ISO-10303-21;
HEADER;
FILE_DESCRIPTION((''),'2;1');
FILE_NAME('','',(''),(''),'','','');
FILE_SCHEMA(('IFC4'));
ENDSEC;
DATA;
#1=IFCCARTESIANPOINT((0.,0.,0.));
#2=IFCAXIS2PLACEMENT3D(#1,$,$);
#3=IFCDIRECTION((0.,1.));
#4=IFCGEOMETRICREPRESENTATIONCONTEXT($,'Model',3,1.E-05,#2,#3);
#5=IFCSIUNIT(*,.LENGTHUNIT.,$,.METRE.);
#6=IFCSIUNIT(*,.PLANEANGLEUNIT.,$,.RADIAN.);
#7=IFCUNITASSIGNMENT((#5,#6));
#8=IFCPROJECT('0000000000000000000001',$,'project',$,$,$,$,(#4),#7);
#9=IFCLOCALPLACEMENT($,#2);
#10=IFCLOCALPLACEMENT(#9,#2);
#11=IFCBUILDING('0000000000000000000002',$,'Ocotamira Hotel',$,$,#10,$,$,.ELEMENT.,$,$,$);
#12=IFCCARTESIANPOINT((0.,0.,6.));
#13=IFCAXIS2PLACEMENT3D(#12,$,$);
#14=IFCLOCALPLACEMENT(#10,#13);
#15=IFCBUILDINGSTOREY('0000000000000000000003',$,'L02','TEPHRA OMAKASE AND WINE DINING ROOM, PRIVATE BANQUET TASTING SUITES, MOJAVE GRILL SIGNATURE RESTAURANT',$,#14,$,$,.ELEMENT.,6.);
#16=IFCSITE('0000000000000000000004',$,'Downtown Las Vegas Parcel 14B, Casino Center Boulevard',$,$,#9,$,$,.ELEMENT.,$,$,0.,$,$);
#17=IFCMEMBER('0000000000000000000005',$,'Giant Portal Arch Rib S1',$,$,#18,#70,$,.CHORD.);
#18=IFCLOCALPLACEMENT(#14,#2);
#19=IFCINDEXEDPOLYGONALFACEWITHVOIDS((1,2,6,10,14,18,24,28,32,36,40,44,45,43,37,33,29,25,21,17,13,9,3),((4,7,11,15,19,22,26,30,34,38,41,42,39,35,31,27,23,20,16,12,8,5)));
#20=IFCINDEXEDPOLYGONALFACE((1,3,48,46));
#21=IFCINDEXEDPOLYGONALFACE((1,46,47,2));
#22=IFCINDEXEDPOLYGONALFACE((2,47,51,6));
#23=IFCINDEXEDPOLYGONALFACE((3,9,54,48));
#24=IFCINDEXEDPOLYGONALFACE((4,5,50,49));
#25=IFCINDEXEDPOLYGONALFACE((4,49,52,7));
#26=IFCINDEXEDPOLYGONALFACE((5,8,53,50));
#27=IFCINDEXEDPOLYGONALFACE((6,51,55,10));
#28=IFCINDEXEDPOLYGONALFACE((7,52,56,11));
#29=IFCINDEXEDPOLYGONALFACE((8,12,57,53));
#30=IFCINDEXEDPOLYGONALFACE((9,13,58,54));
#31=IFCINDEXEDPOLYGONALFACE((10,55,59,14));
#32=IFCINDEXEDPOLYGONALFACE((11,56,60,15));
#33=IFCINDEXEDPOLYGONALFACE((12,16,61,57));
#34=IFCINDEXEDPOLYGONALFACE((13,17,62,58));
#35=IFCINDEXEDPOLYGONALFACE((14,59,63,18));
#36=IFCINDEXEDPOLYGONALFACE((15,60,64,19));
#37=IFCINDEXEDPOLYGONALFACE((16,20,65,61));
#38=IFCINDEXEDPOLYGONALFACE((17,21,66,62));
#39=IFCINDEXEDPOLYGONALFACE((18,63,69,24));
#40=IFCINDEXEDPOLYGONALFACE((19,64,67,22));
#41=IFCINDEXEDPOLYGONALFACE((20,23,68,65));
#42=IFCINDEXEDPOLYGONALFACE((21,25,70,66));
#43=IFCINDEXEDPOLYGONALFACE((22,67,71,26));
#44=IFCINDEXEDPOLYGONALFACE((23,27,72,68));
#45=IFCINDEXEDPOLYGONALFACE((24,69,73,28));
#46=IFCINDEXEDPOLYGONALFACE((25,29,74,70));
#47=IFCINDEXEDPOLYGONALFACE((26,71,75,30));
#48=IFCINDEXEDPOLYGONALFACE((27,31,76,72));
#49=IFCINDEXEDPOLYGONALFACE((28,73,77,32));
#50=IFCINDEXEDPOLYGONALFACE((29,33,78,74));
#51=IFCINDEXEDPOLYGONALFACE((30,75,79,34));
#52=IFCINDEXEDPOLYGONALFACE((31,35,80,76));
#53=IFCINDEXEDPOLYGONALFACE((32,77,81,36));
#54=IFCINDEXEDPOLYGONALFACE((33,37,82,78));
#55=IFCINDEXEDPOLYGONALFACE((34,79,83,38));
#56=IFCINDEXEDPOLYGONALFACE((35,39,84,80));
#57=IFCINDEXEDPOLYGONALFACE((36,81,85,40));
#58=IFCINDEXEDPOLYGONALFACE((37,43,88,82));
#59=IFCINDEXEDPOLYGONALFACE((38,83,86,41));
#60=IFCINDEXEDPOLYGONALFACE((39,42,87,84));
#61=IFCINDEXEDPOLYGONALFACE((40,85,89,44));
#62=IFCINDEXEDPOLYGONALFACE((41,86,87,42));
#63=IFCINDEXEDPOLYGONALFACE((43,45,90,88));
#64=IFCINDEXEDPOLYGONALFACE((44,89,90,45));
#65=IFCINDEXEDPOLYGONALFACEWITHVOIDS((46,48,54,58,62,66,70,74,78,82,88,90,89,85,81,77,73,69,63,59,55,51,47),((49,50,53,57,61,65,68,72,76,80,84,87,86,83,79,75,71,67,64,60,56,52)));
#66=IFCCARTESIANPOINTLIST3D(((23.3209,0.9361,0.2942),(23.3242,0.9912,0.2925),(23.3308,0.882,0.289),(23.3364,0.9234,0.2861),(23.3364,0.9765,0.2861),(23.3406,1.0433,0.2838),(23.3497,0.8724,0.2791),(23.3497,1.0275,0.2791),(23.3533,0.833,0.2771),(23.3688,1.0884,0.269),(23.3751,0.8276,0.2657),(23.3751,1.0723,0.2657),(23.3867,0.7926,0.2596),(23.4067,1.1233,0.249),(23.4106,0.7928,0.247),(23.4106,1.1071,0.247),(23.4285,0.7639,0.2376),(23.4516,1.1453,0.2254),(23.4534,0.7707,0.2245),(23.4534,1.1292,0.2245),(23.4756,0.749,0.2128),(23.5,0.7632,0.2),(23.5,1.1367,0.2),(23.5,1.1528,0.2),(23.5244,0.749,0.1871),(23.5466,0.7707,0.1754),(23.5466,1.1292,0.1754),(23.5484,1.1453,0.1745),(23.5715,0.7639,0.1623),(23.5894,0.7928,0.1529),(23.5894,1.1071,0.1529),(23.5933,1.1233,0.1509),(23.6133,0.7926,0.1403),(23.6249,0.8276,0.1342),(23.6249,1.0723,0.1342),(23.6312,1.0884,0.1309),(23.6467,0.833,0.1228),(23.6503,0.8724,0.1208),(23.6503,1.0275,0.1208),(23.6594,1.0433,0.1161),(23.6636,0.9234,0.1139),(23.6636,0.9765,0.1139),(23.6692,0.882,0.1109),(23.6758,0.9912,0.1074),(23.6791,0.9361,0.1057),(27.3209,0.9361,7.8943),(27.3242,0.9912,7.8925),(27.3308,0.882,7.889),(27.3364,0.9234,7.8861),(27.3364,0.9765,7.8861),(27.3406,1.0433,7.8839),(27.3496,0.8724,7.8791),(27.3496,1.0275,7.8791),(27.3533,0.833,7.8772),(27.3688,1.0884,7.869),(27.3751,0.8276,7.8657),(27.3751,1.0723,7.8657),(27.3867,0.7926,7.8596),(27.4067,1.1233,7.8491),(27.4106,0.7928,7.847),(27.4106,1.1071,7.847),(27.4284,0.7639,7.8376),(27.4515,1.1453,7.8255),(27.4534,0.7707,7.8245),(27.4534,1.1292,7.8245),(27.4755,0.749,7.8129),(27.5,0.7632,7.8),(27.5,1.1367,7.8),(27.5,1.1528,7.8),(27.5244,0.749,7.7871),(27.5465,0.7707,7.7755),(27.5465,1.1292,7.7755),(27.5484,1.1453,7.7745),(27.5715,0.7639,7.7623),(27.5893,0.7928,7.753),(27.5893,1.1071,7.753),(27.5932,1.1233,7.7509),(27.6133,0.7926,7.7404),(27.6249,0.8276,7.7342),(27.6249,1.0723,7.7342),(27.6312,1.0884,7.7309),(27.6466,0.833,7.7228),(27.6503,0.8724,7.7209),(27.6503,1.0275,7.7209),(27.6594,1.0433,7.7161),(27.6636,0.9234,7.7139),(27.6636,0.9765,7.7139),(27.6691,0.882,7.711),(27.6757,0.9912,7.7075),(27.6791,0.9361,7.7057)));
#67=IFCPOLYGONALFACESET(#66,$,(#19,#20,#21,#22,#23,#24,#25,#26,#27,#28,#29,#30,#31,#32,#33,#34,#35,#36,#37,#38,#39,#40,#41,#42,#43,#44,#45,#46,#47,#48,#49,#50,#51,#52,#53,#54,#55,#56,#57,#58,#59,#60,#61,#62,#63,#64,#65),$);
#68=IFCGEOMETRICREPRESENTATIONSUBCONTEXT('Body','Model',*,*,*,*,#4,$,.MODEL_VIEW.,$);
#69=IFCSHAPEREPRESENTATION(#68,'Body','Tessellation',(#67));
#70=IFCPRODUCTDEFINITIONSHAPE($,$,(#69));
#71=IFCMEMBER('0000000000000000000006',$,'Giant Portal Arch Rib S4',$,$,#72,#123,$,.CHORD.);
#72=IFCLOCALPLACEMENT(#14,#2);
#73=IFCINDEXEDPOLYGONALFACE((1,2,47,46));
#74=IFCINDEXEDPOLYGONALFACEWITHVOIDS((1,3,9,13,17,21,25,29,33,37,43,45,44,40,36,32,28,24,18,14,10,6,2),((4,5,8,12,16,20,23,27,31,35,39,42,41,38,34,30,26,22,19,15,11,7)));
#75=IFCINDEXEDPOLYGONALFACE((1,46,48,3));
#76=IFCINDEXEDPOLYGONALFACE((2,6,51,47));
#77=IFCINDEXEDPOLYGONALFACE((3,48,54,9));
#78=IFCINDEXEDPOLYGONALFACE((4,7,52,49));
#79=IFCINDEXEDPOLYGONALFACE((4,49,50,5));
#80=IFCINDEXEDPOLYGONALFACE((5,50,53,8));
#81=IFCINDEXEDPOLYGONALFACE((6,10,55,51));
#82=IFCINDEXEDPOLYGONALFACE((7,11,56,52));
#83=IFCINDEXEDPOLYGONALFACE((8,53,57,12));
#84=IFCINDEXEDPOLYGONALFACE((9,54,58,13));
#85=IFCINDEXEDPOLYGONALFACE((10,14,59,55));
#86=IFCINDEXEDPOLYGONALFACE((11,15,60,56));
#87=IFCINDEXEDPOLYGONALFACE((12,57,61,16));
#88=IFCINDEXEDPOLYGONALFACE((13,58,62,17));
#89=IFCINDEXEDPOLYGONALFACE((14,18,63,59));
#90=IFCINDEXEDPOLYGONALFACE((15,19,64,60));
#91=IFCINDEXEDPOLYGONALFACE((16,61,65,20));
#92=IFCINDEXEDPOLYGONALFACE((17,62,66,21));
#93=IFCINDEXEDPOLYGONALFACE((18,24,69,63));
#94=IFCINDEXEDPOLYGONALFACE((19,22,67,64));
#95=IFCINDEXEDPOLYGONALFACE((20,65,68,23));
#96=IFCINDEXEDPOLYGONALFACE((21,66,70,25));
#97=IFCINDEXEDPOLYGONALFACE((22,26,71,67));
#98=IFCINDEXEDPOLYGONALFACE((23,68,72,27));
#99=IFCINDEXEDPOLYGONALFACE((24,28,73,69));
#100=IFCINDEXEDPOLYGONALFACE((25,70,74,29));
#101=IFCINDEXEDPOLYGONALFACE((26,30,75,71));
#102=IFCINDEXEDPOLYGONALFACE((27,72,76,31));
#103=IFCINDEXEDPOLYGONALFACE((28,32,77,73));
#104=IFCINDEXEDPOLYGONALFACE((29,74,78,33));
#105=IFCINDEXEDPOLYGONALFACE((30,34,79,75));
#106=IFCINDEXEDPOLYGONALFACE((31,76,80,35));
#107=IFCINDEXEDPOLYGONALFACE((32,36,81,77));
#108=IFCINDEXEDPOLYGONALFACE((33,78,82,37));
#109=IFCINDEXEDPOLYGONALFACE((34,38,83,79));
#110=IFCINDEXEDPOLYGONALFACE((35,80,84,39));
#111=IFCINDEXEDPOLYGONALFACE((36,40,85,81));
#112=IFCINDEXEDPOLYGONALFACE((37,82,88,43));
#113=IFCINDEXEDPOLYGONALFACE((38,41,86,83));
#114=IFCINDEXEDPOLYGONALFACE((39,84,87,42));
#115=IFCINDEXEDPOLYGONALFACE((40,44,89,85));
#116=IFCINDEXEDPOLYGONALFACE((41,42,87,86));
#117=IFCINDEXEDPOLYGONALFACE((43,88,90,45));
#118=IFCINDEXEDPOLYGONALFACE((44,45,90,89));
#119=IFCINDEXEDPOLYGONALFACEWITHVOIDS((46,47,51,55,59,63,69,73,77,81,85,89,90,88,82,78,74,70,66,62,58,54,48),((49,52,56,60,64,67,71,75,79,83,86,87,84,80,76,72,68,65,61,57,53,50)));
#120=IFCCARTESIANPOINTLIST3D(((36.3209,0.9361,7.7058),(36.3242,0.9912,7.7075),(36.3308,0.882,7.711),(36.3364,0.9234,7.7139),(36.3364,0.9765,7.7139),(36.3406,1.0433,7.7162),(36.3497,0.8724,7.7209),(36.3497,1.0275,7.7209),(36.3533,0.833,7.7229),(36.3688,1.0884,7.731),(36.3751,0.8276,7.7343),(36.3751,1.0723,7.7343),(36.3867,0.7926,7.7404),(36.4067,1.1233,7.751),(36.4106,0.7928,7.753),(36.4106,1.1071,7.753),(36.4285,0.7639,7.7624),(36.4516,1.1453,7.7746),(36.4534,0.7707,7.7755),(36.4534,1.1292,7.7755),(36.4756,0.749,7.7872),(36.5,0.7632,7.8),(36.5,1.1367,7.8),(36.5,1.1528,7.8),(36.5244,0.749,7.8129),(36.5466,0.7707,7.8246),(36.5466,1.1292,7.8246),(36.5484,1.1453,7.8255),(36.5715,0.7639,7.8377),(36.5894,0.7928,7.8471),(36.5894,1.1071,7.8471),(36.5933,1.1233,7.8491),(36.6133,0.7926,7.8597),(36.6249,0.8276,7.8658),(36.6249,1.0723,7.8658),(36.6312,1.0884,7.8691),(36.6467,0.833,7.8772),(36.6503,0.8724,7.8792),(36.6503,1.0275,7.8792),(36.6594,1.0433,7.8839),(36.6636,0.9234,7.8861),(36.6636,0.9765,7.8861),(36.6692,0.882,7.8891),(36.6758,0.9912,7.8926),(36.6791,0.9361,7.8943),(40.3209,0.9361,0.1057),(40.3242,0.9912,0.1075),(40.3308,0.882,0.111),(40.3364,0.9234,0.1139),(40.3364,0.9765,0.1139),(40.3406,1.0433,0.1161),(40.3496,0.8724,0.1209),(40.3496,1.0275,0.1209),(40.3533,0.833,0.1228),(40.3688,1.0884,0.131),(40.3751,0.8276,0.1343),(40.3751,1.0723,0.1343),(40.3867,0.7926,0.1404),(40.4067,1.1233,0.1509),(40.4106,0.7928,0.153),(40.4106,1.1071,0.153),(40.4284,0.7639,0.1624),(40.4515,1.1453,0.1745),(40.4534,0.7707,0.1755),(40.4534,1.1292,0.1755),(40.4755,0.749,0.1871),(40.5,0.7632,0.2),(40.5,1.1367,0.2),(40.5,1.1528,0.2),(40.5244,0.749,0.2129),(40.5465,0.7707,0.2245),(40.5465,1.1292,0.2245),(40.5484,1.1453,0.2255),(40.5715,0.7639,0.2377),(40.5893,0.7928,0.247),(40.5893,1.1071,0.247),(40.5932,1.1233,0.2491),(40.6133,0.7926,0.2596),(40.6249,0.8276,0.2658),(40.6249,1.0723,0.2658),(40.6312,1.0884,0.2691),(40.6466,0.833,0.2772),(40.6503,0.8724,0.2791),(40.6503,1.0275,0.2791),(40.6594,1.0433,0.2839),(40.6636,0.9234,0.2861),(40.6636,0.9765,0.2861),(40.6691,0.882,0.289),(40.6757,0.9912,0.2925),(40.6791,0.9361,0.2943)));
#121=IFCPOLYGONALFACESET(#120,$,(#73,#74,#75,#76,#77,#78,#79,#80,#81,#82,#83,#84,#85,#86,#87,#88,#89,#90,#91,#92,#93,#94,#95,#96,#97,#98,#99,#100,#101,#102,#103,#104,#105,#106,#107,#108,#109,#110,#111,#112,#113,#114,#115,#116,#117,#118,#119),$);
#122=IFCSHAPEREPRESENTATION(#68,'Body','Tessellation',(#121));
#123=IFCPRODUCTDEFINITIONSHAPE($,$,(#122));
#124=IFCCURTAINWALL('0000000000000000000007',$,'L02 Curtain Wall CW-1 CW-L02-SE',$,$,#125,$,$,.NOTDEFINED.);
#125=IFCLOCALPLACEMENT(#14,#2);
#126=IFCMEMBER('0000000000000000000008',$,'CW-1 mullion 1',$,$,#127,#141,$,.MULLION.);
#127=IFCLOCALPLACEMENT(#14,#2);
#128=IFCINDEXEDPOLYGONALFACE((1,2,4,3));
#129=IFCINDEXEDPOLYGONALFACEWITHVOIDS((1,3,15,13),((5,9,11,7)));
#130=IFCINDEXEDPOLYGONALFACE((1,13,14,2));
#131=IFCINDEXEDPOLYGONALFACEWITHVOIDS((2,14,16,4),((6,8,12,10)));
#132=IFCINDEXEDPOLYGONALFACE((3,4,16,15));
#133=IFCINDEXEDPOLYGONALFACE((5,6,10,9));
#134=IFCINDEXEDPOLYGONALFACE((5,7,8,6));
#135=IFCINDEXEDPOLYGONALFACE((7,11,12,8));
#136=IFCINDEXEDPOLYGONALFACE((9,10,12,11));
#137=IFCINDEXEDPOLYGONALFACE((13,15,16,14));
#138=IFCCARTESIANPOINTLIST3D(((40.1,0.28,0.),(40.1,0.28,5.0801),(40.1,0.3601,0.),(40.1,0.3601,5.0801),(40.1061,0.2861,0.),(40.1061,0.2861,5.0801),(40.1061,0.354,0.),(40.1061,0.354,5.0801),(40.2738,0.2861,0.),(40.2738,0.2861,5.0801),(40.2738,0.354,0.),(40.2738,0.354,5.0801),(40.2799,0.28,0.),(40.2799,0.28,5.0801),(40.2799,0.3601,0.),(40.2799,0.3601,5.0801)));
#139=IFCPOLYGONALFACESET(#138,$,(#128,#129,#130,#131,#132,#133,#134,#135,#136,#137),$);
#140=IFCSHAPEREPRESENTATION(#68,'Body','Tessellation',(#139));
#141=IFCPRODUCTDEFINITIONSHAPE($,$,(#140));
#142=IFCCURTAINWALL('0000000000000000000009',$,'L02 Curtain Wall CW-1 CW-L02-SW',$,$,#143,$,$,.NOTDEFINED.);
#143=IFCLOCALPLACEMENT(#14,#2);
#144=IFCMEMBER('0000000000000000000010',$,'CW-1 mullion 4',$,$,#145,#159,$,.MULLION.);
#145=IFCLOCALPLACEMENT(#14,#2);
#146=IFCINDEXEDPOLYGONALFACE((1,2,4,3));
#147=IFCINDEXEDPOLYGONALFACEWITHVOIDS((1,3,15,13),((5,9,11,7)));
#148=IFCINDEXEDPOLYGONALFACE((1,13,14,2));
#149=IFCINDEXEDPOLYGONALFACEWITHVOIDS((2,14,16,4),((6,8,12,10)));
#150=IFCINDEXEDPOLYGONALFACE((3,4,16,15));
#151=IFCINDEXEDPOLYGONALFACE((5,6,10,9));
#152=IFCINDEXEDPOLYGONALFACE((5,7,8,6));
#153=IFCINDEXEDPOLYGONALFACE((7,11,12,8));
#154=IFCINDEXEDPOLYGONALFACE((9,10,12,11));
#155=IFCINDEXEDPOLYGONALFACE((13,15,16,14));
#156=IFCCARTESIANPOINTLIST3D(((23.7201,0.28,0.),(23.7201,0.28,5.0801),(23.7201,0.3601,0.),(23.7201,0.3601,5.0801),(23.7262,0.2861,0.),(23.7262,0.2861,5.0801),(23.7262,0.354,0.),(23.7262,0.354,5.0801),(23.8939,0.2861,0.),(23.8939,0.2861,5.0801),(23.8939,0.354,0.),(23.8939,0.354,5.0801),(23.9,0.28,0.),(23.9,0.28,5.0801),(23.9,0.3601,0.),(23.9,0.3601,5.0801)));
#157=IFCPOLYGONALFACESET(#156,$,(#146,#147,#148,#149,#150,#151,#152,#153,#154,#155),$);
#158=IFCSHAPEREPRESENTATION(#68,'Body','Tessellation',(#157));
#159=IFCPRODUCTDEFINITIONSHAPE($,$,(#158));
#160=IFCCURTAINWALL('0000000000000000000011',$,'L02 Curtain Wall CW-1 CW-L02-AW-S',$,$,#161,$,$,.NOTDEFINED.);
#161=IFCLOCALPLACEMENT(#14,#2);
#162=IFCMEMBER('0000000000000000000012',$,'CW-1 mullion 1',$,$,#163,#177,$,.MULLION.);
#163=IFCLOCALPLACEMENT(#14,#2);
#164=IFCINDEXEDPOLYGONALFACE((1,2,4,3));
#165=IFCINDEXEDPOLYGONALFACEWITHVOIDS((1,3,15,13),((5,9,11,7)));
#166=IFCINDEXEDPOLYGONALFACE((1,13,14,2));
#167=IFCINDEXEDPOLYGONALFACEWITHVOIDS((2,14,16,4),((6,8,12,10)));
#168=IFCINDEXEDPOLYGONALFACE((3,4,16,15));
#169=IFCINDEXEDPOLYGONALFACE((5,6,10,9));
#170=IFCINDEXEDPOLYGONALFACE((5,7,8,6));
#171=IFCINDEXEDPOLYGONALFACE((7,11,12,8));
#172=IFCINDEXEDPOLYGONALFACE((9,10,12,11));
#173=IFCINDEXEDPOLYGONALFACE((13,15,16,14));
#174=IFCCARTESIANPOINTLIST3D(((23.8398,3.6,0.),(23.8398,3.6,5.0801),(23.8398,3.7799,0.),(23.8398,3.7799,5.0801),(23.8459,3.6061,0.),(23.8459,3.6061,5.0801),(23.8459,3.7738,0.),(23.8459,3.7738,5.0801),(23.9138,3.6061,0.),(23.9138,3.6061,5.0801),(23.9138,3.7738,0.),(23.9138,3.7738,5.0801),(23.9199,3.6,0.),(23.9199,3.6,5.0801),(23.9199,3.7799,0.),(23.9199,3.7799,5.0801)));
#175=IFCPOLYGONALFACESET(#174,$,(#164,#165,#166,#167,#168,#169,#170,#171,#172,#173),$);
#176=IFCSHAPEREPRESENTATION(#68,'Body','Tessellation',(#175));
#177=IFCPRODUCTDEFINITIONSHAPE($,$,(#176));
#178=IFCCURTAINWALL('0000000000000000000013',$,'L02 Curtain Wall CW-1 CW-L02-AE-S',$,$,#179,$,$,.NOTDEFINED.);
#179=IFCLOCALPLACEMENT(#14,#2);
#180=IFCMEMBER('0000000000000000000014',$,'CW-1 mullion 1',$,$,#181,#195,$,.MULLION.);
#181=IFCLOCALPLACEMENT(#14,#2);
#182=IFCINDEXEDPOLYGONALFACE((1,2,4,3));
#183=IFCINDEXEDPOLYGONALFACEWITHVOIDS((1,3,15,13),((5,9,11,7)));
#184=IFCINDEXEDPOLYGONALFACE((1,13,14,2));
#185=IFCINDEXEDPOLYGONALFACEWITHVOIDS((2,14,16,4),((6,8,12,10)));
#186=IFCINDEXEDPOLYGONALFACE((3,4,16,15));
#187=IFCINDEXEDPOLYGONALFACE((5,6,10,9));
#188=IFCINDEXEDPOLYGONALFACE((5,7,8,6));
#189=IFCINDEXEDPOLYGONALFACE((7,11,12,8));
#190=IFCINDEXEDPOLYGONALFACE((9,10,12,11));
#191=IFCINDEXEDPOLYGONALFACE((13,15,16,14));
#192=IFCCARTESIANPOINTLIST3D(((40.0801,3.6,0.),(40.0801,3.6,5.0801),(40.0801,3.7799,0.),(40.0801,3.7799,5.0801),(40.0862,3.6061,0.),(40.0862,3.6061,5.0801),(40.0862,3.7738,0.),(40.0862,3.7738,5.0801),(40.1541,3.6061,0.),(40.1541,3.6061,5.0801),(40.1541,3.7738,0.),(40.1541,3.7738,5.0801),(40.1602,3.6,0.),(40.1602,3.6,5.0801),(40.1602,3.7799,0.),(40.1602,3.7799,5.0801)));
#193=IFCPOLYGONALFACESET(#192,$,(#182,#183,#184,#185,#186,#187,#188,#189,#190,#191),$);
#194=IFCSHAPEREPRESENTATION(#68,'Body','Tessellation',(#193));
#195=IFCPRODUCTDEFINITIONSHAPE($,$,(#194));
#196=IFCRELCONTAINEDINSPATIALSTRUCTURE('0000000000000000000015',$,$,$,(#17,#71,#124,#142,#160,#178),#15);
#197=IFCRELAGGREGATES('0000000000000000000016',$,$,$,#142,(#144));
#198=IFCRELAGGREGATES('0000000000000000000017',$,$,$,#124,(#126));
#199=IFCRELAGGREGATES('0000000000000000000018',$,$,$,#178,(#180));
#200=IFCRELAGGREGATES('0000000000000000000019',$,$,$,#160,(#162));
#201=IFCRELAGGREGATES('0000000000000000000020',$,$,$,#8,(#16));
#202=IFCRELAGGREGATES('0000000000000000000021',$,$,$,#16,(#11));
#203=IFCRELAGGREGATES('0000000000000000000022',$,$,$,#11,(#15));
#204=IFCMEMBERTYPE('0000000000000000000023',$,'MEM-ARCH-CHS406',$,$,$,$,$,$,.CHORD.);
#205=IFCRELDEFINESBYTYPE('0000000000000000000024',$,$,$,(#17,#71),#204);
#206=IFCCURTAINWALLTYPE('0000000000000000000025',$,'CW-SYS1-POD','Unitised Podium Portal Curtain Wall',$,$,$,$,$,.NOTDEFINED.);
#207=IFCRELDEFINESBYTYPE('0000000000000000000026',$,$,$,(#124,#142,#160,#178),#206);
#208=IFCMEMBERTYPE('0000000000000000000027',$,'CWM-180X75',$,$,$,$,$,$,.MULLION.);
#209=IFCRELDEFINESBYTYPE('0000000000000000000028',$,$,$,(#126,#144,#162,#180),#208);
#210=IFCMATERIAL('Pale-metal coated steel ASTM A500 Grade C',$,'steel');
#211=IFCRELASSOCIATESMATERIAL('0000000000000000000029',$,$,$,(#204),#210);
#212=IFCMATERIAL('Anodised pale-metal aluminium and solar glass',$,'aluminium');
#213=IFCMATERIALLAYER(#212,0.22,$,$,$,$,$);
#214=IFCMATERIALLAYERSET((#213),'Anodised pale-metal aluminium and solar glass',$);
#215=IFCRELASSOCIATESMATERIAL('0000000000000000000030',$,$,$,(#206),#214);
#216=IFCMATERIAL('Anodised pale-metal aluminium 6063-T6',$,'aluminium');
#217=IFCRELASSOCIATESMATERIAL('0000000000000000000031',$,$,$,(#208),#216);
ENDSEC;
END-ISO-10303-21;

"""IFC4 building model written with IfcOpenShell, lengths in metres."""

from ifc_helpers import new_model, si_unit, direction, frame, origin, origin_2d, place, context, subcontext, project, spatial, hollow_rectangle, hollow_circle, extrude, source, transform, mapped, material, layer, layer_set, material_profile, profile_set, type_object, element, aggregate, save


model = new_model("IFC4")

# Units and contexts
model_context = context("Model", 3, precision=1e-05, world=origin(), true_north=direction((0.0, 1.0)))
body_context = subcontext(model_context, "Body", "Model", "MODEL_VIEW")
ifc_project = project(units=[si_unit("LENGTHUNIT", "METRE"), si_unit("PLANEANGLEUNIT", "RADIAN")], contexts=[model_context])

# Site, building, storey
site_placement = place(None, origin())
site = spatial("IfcSite", under=ifc_project, at=site_placement, Name="Downtown Las Vegas Parcel 14B, Casino Center Boulevard", CompositionType="ELEMENT", RefElevation=0.0)
building_placement = place(site_placement, origin())
building = spatial("IfcBuilding", under=site, at=building_placement, Name="Ocotamira Hotel", CompositionType="ELEMENT")
storey_placement = place(building_placement, frame((0.0, 0.0, 6.0)))
storey = spatial("IfcBuildingStorey", under=building, at=storey_placement, Name="L02", Description="TEPHRA OMAKASE AND WINE DINING ROOM, PRIVATE BANQUET TASTING SUITES, MOJAVE GRILL SIGNATURE RESTAURANT", CompositionType="ELEMENT", Elevation=6.0)

# Members
ifc_material_1 = material(Name="Pale-metal coated steel ASTM A500 Grade C", Category="steel")
ifc_material_profile_1 = material_profile(ifc_material_1, hollow_circle(Radius=0.2029, WallThickness=0.0161, at=origin_2d()), Name="CHS406X16")
ifc_profile_set_1 = profile_set([ifc_material_profile_1], Name="Pale-metal coated steel ASTM A500 Grade C")
member_type_1 = type_object("IfcMemberType", Name="MEM-ARCH-CHS406", PredefinedType="CHORD", material=ifc_profile_set_1)
shared_shape_1 = source(origin(), body_context, "Body", "SweptSolid", [
    extrude(hollow_circle(Radius=0.2029, WallThickness=0.0161, at=origin_2d()), origin(), (0.0, 0.0, 1.0), 8.5884),
])
for number, where, z_axis, x_axis, name in (
    (1, (23.5, 0.95, 0.2), (0.465742, 0.0, 0.884921), (0.0, 1.0, 0.0), "Giant Portal Arch Rib S1"),
    (2, (36.5, 0.95, 7.8), (0.465742, 0.0, -0.884921), (0.0, 1.0, 0.0), "Giant Portal Arch Rib S4"),
):
    element("IfcMember", number, at=place(storey_placement, frame(where, z_axis=z_axis, x_axis=x_axis)), inside=storey, type_object=member_type_1, Name=name, PredefinedType="CHORD", context=body_context, shape_type="MappedRepresentation", body=[
        mapped(shared_shape_1, transform((0.0, 0.0, 0.0), scale=1.0)),
    ])

# Curtain walls, members
ifc_material_2 = material(Name="Anodised pale-metal aluminium and solar glass", Category="aluminium")
ifc_layer_1 = layer(ifc_material_2, 0.22)
ifc_layer_set_1 = layer_set([ifc_layer_1], Name="Anodised pale-metal aluminium and solar glass")
curtain_wall_type = type_object("IfcCurtainWallType", Name="CW-SYS1-POD", Description="Unitised Podium Portal Curtain Wall", PredefinedType="NOTDEFINED", material=ifc_layer_set_1)
curtain_wall_1_placement = place(storey_placement, origin())
curtain_wall_1 = element("IfcCurtainWall", 3, at=curtain_wall_1_placement, inside=storey, type_object=curtain_wall_type, Name="L02 Curtain Wall CW-1 CW-L02-SE", PredefinedType="NOTDEFINED")
ifc_material_3 = material(Name="Anodised pale-metal aluminium 6063-T6", Category="aluminium")
ifc_material_profile_2 = material_profile(ifc_material_3, hollow_rectangle(XDim=0.0801, YDim=0.1799, WallThickness=0.0061, at=origin_2d()), Name="HSS180X80X6")
ifc_profile_set_2 = profile_set([ifc_material_profile_2], Name="Anodised pale-metal aluminium 6063-T6")
member_type_2 = type_object("IfcMemberType", Name="CWM-180X75", PredefinedType="MULLION", material=ifc_profile_set_2)
shared_shape_2 = source(origin(), body_context, "Body", "SweptSolid", [
    extrude(hollow_rectangle(XDim=0.0801, YDim=0.1799, WallThickness=0.0061, at=origin_2d()), origin(), (0.0, 0.0, 1.0), 5.0801),
])
member_1_placement = place(storey_placement, frame((40.1899, 0.3201, 0.0), z_axis=(0.0, 0.0, 1.0), x_axis=(0.0, 1.0, 0.0)))
member_1 = element("IfcMember", 4, at=member_1_placement, type_object=member_type_2, Name="CW-1 mullion 1", PredefinedType="MULLION", context=body_context, shape_type="MappedRepresentation", body=[
    mapped(shared_shape_2, transform((0.0, 0.0, 0.0), scale=1.0)),
])
curtain_wall_2_placement = place(storey_placement, origin())
curtain_wall_2 = element("IfcCurtainWall", 5, at=curtain_wall_2_placement, inside=storey, type_object=curtain_wall_type, Name="L02 Curtain Wall CW-1 CW-L02-SW", PredefinedType="NOTDEFINED")
member_2_placement = place(storey_placement, frame((23.8101, 0.3201, 0.0), z_axis=(0.0, 0.0, 1.0), x_axis=(0.0, 1.0, 0.0)))
member_2 = element("IfcMember", 6, at=member_2_placement, type_object=member_type_2, Name="CW-1 mullion 4", PredefinedType="MULLION", context=body_context, shape_type="MappedRepresentation", body=[
    mapped(shared_shape_2, transform((0.0, 0.0, 0.0), scale=1.0)),
])
aggregate(curtain_wall_2, [member_2])
curtain_wall_3_placement = place(storey_placement, origin())
curtain_wall_3 = element("IfcCurtainWall", 7, at=curtain_wall_3_placement, inside=storey, type_object=curtain_wall_type, Name="L02 Curtain Wall CW-1 CW-L02-AW-S", PredefinedType="NOTDEFINED")
member_3_placement = place(storey_placement, frame((23.8799, 3.6899, 0.0), z_axis=(0.0, 0.0, 1.0), x_axis=(-1.0, 0.0, 0.0)))
member_3 = element("IfcMember", 8, at=member_3_placement, type_object=member_type_2, Name="CW-1 mullion 1", PredefinedType="MULLION", context=body_context, shape_type="MappedRepresentation", body=[
    mapped(shared_shape_2, transform((0.0, 0.0, 0.0), scale=1.0)),
])
curtain_wall_4_placement = place(storey_placement, origin())
curtain_wall_4 = element("IfcCurtainWall", 9, at=curtain_wall_4_placement, inside=storey, type_object=curtain_wall_type, Name="L02 Curtain Wall CW-1 CW-L02-AE-S", PredefinedType="NOTDEFINED")
member_4_placement = place(storey_placement, frame((40.1201, 3.6899, 0.0), z_axis=(0.0, 0.0, 1.0), x_axis=(-1.0, 0.0, 0.0)))
member_4 = element("IfcMember", 10, at=member_4_placement, type_object=member_type_2, Name="CW-1 mullion 1", PredefinedType="MULLION", context=body_context, shape_type="MappedRepresentation", body=[
    mapped(shared_shape_2, transform((0.0, 0.0, 0.0), scale=1.0)),
])

aggregate(curtain_wall_1, [member_1])
aggregate(curtain_wall_4, [member_4])

aggregate(curtain_wall_3, [member_3])

save(model, "model.ifc")
